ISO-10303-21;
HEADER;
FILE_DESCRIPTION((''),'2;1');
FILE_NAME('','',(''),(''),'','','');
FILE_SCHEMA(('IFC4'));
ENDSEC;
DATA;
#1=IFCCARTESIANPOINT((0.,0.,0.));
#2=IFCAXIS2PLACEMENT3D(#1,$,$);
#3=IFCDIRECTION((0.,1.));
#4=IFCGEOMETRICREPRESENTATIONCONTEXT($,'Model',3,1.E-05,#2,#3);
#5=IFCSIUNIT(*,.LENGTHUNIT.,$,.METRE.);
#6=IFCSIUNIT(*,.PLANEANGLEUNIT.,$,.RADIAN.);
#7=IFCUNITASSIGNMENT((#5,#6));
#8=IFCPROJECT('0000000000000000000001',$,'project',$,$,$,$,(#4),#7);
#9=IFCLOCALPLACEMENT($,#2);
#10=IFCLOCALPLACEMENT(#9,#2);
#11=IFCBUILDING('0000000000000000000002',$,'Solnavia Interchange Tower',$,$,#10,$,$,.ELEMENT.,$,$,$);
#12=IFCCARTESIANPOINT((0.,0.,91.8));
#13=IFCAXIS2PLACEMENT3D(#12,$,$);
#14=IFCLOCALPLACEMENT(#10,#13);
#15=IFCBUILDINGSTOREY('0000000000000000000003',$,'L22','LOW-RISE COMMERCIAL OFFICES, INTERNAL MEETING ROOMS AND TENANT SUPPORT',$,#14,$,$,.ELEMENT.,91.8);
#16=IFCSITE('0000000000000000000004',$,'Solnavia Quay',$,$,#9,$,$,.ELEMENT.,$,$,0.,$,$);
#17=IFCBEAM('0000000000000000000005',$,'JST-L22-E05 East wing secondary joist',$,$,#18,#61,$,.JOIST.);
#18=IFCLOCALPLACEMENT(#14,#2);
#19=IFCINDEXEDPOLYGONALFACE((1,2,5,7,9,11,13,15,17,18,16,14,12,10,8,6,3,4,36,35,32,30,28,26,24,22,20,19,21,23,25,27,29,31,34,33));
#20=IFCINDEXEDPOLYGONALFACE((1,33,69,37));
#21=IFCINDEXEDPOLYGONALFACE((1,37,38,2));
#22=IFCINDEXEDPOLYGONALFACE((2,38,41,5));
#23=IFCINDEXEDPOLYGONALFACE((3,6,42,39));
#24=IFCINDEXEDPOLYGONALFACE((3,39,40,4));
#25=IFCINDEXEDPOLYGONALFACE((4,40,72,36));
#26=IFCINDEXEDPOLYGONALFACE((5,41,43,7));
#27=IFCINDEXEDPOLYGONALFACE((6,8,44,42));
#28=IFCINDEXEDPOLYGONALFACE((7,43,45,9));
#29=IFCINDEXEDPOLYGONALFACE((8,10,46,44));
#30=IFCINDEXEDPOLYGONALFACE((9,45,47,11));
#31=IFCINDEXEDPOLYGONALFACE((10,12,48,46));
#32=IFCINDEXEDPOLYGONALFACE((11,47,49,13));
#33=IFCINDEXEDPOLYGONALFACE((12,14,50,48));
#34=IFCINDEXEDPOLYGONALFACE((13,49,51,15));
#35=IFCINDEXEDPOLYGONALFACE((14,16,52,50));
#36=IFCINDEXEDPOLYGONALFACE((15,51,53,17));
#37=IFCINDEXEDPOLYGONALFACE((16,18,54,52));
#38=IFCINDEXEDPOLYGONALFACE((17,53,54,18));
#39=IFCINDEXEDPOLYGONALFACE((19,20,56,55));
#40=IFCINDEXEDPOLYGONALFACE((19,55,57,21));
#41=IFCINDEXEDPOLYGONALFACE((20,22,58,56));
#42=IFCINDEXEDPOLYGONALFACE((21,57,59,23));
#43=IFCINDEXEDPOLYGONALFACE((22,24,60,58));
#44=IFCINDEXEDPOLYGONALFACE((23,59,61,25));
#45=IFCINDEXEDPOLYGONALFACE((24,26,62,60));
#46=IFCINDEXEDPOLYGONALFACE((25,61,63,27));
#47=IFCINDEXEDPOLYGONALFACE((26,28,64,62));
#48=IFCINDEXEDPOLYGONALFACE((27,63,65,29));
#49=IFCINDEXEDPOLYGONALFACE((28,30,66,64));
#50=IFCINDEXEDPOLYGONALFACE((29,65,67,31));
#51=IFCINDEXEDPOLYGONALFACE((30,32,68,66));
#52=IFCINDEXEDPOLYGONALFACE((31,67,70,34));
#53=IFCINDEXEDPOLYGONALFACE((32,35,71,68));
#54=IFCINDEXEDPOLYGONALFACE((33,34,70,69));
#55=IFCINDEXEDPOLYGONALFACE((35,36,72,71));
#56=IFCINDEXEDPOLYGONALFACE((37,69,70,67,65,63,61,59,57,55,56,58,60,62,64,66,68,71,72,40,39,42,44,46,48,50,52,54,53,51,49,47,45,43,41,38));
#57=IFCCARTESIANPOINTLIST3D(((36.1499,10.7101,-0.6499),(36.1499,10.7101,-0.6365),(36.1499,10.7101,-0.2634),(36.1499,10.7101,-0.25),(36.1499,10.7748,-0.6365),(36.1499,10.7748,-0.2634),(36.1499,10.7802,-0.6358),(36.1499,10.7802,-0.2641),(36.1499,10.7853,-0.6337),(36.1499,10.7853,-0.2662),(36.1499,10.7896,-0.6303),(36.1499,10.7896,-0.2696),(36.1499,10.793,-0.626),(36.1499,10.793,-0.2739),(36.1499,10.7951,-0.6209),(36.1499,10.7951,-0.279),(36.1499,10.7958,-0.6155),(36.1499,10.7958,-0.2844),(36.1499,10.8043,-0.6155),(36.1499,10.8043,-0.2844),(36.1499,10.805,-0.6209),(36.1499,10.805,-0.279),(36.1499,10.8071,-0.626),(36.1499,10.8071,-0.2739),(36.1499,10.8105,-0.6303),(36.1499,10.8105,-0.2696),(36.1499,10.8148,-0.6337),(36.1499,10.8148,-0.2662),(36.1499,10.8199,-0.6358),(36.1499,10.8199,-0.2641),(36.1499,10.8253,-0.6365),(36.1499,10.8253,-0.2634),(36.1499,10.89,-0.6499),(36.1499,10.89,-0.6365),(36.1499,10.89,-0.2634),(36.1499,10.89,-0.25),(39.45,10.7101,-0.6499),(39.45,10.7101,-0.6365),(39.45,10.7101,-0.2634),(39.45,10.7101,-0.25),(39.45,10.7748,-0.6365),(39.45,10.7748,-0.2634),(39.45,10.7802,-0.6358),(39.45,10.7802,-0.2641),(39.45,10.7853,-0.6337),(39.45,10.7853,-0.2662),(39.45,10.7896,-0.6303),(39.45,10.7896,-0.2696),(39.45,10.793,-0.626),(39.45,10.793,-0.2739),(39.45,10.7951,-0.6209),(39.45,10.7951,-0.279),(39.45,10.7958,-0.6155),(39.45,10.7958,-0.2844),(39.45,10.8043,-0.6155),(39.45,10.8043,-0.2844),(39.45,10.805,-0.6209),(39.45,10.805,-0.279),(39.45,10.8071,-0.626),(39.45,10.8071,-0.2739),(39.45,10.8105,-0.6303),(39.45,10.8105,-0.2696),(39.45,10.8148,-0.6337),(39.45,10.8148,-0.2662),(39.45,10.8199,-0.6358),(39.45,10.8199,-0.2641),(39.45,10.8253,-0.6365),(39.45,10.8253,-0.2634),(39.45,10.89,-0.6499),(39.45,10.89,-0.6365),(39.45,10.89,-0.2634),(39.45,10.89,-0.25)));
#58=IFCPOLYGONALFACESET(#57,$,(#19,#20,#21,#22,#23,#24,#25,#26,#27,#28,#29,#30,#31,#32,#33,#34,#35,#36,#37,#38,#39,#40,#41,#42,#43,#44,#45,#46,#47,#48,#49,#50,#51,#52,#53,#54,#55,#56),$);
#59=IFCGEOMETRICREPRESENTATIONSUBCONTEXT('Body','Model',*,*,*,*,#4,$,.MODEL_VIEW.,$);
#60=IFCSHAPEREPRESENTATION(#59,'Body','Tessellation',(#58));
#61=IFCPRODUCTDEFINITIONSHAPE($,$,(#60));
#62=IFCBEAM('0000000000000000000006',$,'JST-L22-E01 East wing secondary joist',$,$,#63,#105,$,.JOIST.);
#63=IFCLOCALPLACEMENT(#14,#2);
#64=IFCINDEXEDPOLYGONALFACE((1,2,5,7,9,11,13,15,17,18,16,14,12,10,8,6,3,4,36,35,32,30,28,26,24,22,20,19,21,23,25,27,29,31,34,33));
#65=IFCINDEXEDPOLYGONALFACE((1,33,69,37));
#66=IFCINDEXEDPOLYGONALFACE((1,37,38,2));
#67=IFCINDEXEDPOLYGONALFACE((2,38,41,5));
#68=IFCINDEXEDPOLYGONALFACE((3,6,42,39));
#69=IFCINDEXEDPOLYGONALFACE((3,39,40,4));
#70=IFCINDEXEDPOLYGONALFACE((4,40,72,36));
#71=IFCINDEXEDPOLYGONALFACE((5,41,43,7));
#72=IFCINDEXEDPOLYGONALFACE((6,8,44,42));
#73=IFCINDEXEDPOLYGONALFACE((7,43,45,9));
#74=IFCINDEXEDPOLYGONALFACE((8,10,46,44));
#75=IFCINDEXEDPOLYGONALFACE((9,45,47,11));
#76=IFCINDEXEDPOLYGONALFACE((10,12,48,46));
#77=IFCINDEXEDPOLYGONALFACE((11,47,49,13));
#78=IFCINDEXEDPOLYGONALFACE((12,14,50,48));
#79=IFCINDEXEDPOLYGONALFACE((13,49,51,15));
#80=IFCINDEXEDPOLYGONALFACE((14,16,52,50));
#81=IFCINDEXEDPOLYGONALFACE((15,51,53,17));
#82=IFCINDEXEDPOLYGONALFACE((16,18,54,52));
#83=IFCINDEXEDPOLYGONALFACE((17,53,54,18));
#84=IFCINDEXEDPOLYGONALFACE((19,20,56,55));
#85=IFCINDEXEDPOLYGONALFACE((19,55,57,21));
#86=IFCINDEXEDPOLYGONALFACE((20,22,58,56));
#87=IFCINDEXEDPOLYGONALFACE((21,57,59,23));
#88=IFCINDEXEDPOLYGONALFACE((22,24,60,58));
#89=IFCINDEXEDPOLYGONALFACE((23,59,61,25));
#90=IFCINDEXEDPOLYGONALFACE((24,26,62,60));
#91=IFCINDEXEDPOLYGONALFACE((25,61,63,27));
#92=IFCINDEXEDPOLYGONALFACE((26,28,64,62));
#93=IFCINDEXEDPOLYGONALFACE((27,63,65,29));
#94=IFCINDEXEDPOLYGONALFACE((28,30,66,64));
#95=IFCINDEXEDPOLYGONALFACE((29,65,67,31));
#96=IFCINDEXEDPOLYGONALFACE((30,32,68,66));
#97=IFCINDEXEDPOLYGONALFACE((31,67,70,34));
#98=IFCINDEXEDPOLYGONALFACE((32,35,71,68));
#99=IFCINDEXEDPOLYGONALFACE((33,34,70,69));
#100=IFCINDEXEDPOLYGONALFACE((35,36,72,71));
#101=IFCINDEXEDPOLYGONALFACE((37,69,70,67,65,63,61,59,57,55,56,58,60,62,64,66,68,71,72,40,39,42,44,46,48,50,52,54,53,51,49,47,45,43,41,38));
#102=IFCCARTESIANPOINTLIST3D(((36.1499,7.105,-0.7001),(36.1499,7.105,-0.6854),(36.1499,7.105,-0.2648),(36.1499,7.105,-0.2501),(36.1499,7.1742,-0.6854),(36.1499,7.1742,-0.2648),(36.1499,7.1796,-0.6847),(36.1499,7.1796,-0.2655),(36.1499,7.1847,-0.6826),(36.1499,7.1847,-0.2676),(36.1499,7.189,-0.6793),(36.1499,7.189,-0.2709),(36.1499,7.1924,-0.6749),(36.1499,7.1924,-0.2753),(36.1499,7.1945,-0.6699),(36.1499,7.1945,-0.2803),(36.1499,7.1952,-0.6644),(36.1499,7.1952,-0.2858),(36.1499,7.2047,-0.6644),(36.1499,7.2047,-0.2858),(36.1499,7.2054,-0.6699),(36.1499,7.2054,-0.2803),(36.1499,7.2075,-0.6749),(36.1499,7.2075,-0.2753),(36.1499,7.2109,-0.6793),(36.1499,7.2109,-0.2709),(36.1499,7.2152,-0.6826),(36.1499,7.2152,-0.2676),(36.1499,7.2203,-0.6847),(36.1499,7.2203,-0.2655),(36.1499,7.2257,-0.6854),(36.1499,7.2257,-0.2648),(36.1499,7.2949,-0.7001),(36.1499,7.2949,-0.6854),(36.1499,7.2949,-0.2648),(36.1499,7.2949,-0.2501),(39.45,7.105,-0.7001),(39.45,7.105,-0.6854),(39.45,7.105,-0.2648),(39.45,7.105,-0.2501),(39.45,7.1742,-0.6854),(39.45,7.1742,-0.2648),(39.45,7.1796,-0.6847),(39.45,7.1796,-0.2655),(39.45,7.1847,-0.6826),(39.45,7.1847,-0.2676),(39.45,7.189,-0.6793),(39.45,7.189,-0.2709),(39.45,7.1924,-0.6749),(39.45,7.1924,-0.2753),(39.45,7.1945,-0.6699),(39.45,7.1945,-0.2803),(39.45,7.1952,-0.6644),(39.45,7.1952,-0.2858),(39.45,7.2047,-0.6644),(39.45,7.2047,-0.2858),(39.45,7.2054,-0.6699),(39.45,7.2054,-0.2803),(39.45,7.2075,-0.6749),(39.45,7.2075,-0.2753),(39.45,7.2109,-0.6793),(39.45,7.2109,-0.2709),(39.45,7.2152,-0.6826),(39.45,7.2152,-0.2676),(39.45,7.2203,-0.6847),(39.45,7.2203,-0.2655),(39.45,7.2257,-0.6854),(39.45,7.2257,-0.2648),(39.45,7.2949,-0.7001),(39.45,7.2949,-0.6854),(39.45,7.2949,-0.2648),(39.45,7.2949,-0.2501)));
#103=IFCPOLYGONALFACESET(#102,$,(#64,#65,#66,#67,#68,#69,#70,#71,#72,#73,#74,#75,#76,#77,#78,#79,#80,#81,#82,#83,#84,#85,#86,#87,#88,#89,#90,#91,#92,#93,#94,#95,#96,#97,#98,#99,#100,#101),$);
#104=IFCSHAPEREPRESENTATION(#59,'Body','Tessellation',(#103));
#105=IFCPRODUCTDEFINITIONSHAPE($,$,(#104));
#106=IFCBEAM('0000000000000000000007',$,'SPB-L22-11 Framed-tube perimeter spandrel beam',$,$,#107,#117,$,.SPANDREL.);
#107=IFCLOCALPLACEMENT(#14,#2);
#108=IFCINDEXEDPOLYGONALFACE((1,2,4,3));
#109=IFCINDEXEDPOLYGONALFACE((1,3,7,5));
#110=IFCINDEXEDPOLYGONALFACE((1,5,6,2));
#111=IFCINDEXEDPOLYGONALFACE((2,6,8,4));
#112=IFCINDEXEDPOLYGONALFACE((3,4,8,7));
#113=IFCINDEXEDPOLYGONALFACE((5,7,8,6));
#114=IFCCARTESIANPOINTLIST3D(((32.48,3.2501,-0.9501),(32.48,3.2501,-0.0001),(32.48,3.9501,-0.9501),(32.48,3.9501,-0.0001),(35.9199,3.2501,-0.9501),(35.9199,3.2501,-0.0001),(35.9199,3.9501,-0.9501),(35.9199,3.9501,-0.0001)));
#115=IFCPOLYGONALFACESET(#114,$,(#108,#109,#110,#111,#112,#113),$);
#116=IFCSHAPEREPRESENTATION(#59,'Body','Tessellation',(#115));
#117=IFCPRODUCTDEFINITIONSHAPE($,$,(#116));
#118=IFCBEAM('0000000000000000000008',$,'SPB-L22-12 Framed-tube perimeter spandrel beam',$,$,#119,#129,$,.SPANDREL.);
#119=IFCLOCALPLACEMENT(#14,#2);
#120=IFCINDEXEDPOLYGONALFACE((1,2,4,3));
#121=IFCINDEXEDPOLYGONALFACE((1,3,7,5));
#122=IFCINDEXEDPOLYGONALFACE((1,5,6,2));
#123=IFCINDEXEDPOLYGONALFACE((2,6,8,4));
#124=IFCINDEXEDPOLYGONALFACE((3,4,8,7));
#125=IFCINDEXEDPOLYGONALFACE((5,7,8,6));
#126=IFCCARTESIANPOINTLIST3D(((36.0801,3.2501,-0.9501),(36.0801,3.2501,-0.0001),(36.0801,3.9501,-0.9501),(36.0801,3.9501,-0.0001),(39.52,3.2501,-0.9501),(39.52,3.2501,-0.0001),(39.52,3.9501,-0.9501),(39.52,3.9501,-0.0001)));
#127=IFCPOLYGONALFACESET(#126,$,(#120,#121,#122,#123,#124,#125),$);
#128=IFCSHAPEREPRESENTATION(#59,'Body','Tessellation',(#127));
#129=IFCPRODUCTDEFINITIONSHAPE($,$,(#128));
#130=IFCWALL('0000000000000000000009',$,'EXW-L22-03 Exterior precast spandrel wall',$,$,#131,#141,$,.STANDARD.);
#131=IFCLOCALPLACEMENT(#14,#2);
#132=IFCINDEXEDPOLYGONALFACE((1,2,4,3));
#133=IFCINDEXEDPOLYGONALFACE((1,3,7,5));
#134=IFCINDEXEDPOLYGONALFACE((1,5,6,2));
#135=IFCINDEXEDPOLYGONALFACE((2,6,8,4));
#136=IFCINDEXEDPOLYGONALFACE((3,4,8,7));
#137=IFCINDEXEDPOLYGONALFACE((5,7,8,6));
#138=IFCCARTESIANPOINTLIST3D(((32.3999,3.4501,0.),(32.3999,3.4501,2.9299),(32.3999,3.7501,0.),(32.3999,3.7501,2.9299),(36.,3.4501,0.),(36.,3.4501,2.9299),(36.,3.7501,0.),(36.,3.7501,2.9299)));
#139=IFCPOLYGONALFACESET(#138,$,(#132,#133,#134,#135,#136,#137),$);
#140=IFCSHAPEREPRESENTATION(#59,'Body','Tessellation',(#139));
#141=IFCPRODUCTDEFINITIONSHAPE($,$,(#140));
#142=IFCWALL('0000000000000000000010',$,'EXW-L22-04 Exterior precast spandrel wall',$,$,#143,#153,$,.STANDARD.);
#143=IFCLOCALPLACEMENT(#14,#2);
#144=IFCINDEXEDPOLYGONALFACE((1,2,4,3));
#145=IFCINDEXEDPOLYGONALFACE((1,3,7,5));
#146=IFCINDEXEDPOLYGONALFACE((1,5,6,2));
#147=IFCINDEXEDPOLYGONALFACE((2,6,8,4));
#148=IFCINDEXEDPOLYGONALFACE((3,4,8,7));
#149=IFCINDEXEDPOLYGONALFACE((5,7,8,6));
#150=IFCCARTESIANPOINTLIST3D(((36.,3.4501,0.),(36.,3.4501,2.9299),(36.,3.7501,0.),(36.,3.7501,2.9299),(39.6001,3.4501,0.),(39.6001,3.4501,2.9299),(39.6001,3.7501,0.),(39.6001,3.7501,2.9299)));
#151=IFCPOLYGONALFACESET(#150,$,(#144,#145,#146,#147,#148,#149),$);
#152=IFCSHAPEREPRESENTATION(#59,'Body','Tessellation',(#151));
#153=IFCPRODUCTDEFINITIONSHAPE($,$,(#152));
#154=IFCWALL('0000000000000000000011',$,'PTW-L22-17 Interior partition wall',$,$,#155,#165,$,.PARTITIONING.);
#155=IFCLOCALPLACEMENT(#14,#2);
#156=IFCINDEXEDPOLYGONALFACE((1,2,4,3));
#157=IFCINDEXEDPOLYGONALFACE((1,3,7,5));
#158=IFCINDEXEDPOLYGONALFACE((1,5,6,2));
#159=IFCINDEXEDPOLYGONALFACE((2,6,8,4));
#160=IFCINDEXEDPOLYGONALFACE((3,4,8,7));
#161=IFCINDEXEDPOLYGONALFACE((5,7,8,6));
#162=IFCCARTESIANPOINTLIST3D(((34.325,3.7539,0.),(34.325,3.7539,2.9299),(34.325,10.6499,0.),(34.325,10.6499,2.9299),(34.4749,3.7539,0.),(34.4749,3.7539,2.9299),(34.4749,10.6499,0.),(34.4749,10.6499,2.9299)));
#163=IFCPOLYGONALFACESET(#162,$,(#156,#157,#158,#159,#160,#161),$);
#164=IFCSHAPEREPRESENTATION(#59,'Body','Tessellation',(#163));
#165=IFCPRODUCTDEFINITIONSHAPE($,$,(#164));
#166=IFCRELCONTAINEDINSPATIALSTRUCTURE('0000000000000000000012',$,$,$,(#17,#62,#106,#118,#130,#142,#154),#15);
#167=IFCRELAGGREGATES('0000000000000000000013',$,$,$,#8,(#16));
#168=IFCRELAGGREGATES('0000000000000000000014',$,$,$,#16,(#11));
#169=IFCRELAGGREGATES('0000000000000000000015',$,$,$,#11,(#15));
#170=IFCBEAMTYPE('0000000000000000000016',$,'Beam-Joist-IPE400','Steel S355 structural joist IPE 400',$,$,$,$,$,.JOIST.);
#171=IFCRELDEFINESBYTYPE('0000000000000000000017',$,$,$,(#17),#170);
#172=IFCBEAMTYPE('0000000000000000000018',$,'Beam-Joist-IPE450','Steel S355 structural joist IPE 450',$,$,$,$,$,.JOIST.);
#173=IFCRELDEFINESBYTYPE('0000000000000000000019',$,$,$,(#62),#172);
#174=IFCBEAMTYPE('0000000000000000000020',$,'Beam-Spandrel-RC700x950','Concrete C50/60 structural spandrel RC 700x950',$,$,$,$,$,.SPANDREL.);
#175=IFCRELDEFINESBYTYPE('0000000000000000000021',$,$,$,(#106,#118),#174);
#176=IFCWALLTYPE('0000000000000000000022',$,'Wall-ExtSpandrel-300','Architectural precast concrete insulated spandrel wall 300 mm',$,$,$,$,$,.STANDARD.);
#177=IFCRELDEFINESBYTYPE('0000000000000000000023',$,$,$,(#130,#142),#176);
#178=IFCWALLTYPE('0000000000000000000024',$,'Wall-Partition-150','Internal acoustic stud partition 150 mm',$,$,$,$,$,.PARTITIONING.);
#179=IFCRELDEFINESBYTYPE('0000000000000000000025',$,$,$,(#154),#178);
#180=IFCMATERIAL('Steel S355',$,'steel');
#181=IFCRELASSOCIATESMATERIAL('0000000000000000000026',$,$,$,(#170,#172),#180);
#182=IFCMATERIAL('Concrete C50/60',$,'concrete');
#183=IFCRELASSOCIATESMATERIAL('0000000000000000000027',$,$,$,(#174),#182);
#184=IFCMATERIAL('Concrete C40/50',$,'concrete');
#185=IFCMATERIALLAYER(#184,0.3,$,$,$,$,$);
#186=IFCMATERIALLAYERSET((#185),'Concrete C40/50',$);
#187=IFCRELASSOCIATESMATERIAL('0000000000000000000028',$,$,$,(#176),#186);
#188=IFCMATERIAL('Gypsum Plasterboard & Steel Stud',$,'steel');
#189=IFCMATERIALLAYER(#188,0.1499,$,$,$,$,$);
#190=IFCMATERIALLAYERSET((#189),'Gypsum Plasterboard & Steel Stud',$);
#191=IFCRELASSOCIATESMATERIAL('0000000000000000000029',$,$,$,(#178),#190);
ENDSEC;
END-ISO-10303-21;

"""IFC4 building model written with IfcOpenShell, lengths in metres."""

from ifc_helpers import new_model, si_unit, direction, frame, frame_2d, origin, origin_2d, place, context, subcontext, project, spatial, rectangle, i_section, extrude, material, layer, layer_set, material_profile, profile_set, type_object, element, save


model = new_model("IFC4")

# Units and contexts
model_context = context("Model", 3, precision=1e-05, world=origin(), true_north=direction((0.0, 1.0)))
body_context = subcontext(model_context, "Body", "Model", "MODEL_VIEW")
ifc_project = project(units=[si_unit("LENGTHUNIT", "METRE"), si_unit("PLANEANGLEUNIT", "RADIAN")], contexts=[model_context])

# Site, building, storey
site_placement = place(None, origin())
site = spatial("IfcSite", under=ifc_project, at=site_placement, Name="Solnavia Quay", CompositionType="ELEMENT", RefElevation=0.0)
building_placement = place(site_placement, origin())
building = spatial("IfcBuilding", under=site, at=building_placement, Name="Solnavia Interchange Tower", CompositionType="ELEMENT")
storey_placement = place(building_placement, frame((0.0, 0.0, 91.8)))
storey = spatial("IfcBuildingStorey", under=building, at=storey_placement, Name="L22", Description="LOW-RISE COMMERCIAL OFFICES, INTERNAL MEETING ROOMS AND TENANT SUPPORT", CompositionType="ELEMENT", Elevation=91.8)

# Shared definitions
ifc_material_1 = material(Name="Concrete C50/60", Category="concrete")
ifc_material_2 = material(Name="Steel S355", Category="steel")

# Beams
ifc_material_profile_1 = material_profile(ifc_material_2, i_section(OverallWidth=0.1799, OverallDepth=0.3999, WebThickness=0.0085, FlangeThickness=0.0134, FilletRadius=0.021, at=origin_2d()), Name="IPE 400")
ifc_profile_set_1 = profile_set([ifc_material_profile_1], Name="Steel S355")
beam_type_1 = type_object("IfcBeamType", Name="Beam-Joist-IPE400", Description="Steel S355 structural joist IPE 400", PredefinedType="JOIST", material=ifc_profile_set_1)
beam_1_placement = place(storey_placement, frame((36.1499, 10.8, -0.45), z_axis=(1.0, 0.0, 0.0), x_axis=(0.0, 1.0, 0.0)))
element("IfcBeam", 1, at=beam_1_placement, inside=storey, type_object=beam_type_1, Name="JST-L22-E05 East wing secondary joist", PredefinedType="JOIST", context=body_context, shape_type="SweptSolid", body=[
    extrude(i_section(OverallWidth=0.1799, OverallDepth=0.3999, WebThickness=0.0085, FlangeThickness=0.0134, FilletRadius=0.021, at=origin_2d()), origin(), (0.0, 0.0, 1.0), 3.3),
])
ifc_material_profile_2 = material_profile(ifc_material_2, i_section(OverallWidth=0.1899, OverallDepth=0.45, WebThickness=0.0095, FlangeThickness=0.0146, FilletRadius=0.021, at=origin_2d()), Name="IPE 450")
ifc_profile_set_2 = profile_set([ifc_material_profile_2], Name="Steel S355")
beam_type_2 = type_object("IfcBeamType", Name="Beam-Joist-IPE450", Description="Steel S355 structural joist IPE 450", PredefinedType="JOIST", material=ifc_profile_set_2)
beam_2_placement = place(storey_placement, frame((36.1499, 7.2, -0.4751), z_axis=(1.0, 0.0, 0.0), x_axis=(0.0, 1.0, 0.0)))
element("IfcBeam", 2, at=beam_2_placement, inside=storey, type_object=beam_type_2, Name="JST-L22-E01 East wing secondary joist", PredefinedType="JOIST", context=body_context, shape_type="SweptSolid", body=[
    extrude(i_section(OverallWidth=0.1899, OverallDepth=0.45, WebThickness=0.0095, FlangeThickness=0.0146, FilletRadius=0.021, at=origin_2d()), origin(), (0.0, 0.0, 1.0), 3.3),
])
ifc_material_profile_3 = material_profile(ifc_material_1, rectangle(XDim=0.7, YDim=0.95, at=origin_2d()), Name="RC 700x950")
ifc_profile_set_3 = profile_set([ifc_material_profile_3], Name="Concrete C50/60")
beam_type_3 = type_object("IfcBeamType", Name="Beam-Spandrel-RC700x950", Description="Concrete C50/60 structural spandrel RC 700x950", PredefinedType="SPANDREL", material=ifc_profile_set_3)
for number, where, z_axis, x_axis, name in (
    (3, (32.48, 3.6001, -0.4751), (1.0, 0.0, 0.0), (0.0, 1.0, 0.0), "SPB-L22-11 Framed-tube perimeter spandrel beam"),
    (4, (36.0801, 3.6001, -0.4751), (1.0, 0.0, 0.0), (0.0, 1.0, 0.0), "SPB-L22-12 Framed-tube perimeter spandrel beam"),
):
    element("IfcBeam", number, at=place(storey_placement, frame(where, z_axis=z_axis, x_axis=x_axis)), inside=storey, type_object=beam_type_3, Name=name, PredefinedType="SPANDREL", context=body_context, shape_type="SweptSolid", body=[
        extrude(rectangle(XDim=0.7, YDim=0.95, at=origin_2d()), origin(), (0.0, 0.0, 1.0), 3.4399),
    ])

# Walls
ifc_material_3 = material(Name="Concrete C40/50", Category="concrete")
ifc_layer_1 = layer(ifc_material_3, 0.3)
ifc_layer_set_1 = layer_set([ifc_layer_1], Name="Concrete C40/50")
wall_type_1 = type_object("IfcWallType", Name="Wall-ExtSpandrel-300", Description="Architectural precast concrete insulated spandrel wall 300 mm", PredefinedType="STANDARD", material=ifc_layer_set_1)
for number, where, z_axis, x_axis, name in (
    (5, (36.0, 3.6001, 0.0), (0.0, 0.0, 1.0), (-1.0, 0.0, 0.0), "EXW-L22-03 Exterior precast spandrel wall"),
    (6, (39.6001, 3.6001, 0.0), (0.0, 0.0, 1.0), (-1.0, 0.0, 0.0), "EXW-L22-04 Exterior precast spandrel wall"),
):
    element("IfcWall", number, at=place(storey_placement, frame(where, z_axis=z_axis, x_axis=x_axis)), inside=storey, type_object=wall_type_1, Name=name, PredefinedType="STANDARD", context=body_context, shape_type="SweptSolid", body=[
        extrude(rectangle(XDim=3.6001, YDim=0.3, at=frame_2d((1.8, 0.0))), origin(), (0.0, 0.0, 1.0), 2.9299),
    ])
ifc_material_4 = material(Name="Gypsum Plasterboard & Steel Stud", Category="steel")
ifc_layer_2 = layer(ifc_material_4, 0.1499)
ifc_layer_set_2 = layer_set([ifc_layer_2], Name="Gypsum Plasterboard & Steel Stud")
wall_type_2 = type_object("IfcWallType", Name="Wall-Partition-150", Description="Internal acoustic stud partition 150 mm", PredefinedType="PARTITIONING", material=ifc_layer_set_2)
wall_1_placement = place(storey_placement, frame((34.3999, 3.7539, 0.0), z_axis=(0.0, 0.0, 1.0), x_axis=(0.0, 1.0, 0.0)))
element("IfcWall", 7, at=wall_1_placement, inside=storey, type_object=wall_type_2, Name="PTW-L22-17 Interior partition wall", PredefinedType="PARTITIONING", context=body_context, shape_type="SweptSolid", body=[
    extrude(rectangle(XDim=6.896, YDim=0.1499, at=frame_2d((3.448, 0.0))), origin(), (0.0, 0.0, 1.0), 2.9299),
])

save(model, "model.ifc")
